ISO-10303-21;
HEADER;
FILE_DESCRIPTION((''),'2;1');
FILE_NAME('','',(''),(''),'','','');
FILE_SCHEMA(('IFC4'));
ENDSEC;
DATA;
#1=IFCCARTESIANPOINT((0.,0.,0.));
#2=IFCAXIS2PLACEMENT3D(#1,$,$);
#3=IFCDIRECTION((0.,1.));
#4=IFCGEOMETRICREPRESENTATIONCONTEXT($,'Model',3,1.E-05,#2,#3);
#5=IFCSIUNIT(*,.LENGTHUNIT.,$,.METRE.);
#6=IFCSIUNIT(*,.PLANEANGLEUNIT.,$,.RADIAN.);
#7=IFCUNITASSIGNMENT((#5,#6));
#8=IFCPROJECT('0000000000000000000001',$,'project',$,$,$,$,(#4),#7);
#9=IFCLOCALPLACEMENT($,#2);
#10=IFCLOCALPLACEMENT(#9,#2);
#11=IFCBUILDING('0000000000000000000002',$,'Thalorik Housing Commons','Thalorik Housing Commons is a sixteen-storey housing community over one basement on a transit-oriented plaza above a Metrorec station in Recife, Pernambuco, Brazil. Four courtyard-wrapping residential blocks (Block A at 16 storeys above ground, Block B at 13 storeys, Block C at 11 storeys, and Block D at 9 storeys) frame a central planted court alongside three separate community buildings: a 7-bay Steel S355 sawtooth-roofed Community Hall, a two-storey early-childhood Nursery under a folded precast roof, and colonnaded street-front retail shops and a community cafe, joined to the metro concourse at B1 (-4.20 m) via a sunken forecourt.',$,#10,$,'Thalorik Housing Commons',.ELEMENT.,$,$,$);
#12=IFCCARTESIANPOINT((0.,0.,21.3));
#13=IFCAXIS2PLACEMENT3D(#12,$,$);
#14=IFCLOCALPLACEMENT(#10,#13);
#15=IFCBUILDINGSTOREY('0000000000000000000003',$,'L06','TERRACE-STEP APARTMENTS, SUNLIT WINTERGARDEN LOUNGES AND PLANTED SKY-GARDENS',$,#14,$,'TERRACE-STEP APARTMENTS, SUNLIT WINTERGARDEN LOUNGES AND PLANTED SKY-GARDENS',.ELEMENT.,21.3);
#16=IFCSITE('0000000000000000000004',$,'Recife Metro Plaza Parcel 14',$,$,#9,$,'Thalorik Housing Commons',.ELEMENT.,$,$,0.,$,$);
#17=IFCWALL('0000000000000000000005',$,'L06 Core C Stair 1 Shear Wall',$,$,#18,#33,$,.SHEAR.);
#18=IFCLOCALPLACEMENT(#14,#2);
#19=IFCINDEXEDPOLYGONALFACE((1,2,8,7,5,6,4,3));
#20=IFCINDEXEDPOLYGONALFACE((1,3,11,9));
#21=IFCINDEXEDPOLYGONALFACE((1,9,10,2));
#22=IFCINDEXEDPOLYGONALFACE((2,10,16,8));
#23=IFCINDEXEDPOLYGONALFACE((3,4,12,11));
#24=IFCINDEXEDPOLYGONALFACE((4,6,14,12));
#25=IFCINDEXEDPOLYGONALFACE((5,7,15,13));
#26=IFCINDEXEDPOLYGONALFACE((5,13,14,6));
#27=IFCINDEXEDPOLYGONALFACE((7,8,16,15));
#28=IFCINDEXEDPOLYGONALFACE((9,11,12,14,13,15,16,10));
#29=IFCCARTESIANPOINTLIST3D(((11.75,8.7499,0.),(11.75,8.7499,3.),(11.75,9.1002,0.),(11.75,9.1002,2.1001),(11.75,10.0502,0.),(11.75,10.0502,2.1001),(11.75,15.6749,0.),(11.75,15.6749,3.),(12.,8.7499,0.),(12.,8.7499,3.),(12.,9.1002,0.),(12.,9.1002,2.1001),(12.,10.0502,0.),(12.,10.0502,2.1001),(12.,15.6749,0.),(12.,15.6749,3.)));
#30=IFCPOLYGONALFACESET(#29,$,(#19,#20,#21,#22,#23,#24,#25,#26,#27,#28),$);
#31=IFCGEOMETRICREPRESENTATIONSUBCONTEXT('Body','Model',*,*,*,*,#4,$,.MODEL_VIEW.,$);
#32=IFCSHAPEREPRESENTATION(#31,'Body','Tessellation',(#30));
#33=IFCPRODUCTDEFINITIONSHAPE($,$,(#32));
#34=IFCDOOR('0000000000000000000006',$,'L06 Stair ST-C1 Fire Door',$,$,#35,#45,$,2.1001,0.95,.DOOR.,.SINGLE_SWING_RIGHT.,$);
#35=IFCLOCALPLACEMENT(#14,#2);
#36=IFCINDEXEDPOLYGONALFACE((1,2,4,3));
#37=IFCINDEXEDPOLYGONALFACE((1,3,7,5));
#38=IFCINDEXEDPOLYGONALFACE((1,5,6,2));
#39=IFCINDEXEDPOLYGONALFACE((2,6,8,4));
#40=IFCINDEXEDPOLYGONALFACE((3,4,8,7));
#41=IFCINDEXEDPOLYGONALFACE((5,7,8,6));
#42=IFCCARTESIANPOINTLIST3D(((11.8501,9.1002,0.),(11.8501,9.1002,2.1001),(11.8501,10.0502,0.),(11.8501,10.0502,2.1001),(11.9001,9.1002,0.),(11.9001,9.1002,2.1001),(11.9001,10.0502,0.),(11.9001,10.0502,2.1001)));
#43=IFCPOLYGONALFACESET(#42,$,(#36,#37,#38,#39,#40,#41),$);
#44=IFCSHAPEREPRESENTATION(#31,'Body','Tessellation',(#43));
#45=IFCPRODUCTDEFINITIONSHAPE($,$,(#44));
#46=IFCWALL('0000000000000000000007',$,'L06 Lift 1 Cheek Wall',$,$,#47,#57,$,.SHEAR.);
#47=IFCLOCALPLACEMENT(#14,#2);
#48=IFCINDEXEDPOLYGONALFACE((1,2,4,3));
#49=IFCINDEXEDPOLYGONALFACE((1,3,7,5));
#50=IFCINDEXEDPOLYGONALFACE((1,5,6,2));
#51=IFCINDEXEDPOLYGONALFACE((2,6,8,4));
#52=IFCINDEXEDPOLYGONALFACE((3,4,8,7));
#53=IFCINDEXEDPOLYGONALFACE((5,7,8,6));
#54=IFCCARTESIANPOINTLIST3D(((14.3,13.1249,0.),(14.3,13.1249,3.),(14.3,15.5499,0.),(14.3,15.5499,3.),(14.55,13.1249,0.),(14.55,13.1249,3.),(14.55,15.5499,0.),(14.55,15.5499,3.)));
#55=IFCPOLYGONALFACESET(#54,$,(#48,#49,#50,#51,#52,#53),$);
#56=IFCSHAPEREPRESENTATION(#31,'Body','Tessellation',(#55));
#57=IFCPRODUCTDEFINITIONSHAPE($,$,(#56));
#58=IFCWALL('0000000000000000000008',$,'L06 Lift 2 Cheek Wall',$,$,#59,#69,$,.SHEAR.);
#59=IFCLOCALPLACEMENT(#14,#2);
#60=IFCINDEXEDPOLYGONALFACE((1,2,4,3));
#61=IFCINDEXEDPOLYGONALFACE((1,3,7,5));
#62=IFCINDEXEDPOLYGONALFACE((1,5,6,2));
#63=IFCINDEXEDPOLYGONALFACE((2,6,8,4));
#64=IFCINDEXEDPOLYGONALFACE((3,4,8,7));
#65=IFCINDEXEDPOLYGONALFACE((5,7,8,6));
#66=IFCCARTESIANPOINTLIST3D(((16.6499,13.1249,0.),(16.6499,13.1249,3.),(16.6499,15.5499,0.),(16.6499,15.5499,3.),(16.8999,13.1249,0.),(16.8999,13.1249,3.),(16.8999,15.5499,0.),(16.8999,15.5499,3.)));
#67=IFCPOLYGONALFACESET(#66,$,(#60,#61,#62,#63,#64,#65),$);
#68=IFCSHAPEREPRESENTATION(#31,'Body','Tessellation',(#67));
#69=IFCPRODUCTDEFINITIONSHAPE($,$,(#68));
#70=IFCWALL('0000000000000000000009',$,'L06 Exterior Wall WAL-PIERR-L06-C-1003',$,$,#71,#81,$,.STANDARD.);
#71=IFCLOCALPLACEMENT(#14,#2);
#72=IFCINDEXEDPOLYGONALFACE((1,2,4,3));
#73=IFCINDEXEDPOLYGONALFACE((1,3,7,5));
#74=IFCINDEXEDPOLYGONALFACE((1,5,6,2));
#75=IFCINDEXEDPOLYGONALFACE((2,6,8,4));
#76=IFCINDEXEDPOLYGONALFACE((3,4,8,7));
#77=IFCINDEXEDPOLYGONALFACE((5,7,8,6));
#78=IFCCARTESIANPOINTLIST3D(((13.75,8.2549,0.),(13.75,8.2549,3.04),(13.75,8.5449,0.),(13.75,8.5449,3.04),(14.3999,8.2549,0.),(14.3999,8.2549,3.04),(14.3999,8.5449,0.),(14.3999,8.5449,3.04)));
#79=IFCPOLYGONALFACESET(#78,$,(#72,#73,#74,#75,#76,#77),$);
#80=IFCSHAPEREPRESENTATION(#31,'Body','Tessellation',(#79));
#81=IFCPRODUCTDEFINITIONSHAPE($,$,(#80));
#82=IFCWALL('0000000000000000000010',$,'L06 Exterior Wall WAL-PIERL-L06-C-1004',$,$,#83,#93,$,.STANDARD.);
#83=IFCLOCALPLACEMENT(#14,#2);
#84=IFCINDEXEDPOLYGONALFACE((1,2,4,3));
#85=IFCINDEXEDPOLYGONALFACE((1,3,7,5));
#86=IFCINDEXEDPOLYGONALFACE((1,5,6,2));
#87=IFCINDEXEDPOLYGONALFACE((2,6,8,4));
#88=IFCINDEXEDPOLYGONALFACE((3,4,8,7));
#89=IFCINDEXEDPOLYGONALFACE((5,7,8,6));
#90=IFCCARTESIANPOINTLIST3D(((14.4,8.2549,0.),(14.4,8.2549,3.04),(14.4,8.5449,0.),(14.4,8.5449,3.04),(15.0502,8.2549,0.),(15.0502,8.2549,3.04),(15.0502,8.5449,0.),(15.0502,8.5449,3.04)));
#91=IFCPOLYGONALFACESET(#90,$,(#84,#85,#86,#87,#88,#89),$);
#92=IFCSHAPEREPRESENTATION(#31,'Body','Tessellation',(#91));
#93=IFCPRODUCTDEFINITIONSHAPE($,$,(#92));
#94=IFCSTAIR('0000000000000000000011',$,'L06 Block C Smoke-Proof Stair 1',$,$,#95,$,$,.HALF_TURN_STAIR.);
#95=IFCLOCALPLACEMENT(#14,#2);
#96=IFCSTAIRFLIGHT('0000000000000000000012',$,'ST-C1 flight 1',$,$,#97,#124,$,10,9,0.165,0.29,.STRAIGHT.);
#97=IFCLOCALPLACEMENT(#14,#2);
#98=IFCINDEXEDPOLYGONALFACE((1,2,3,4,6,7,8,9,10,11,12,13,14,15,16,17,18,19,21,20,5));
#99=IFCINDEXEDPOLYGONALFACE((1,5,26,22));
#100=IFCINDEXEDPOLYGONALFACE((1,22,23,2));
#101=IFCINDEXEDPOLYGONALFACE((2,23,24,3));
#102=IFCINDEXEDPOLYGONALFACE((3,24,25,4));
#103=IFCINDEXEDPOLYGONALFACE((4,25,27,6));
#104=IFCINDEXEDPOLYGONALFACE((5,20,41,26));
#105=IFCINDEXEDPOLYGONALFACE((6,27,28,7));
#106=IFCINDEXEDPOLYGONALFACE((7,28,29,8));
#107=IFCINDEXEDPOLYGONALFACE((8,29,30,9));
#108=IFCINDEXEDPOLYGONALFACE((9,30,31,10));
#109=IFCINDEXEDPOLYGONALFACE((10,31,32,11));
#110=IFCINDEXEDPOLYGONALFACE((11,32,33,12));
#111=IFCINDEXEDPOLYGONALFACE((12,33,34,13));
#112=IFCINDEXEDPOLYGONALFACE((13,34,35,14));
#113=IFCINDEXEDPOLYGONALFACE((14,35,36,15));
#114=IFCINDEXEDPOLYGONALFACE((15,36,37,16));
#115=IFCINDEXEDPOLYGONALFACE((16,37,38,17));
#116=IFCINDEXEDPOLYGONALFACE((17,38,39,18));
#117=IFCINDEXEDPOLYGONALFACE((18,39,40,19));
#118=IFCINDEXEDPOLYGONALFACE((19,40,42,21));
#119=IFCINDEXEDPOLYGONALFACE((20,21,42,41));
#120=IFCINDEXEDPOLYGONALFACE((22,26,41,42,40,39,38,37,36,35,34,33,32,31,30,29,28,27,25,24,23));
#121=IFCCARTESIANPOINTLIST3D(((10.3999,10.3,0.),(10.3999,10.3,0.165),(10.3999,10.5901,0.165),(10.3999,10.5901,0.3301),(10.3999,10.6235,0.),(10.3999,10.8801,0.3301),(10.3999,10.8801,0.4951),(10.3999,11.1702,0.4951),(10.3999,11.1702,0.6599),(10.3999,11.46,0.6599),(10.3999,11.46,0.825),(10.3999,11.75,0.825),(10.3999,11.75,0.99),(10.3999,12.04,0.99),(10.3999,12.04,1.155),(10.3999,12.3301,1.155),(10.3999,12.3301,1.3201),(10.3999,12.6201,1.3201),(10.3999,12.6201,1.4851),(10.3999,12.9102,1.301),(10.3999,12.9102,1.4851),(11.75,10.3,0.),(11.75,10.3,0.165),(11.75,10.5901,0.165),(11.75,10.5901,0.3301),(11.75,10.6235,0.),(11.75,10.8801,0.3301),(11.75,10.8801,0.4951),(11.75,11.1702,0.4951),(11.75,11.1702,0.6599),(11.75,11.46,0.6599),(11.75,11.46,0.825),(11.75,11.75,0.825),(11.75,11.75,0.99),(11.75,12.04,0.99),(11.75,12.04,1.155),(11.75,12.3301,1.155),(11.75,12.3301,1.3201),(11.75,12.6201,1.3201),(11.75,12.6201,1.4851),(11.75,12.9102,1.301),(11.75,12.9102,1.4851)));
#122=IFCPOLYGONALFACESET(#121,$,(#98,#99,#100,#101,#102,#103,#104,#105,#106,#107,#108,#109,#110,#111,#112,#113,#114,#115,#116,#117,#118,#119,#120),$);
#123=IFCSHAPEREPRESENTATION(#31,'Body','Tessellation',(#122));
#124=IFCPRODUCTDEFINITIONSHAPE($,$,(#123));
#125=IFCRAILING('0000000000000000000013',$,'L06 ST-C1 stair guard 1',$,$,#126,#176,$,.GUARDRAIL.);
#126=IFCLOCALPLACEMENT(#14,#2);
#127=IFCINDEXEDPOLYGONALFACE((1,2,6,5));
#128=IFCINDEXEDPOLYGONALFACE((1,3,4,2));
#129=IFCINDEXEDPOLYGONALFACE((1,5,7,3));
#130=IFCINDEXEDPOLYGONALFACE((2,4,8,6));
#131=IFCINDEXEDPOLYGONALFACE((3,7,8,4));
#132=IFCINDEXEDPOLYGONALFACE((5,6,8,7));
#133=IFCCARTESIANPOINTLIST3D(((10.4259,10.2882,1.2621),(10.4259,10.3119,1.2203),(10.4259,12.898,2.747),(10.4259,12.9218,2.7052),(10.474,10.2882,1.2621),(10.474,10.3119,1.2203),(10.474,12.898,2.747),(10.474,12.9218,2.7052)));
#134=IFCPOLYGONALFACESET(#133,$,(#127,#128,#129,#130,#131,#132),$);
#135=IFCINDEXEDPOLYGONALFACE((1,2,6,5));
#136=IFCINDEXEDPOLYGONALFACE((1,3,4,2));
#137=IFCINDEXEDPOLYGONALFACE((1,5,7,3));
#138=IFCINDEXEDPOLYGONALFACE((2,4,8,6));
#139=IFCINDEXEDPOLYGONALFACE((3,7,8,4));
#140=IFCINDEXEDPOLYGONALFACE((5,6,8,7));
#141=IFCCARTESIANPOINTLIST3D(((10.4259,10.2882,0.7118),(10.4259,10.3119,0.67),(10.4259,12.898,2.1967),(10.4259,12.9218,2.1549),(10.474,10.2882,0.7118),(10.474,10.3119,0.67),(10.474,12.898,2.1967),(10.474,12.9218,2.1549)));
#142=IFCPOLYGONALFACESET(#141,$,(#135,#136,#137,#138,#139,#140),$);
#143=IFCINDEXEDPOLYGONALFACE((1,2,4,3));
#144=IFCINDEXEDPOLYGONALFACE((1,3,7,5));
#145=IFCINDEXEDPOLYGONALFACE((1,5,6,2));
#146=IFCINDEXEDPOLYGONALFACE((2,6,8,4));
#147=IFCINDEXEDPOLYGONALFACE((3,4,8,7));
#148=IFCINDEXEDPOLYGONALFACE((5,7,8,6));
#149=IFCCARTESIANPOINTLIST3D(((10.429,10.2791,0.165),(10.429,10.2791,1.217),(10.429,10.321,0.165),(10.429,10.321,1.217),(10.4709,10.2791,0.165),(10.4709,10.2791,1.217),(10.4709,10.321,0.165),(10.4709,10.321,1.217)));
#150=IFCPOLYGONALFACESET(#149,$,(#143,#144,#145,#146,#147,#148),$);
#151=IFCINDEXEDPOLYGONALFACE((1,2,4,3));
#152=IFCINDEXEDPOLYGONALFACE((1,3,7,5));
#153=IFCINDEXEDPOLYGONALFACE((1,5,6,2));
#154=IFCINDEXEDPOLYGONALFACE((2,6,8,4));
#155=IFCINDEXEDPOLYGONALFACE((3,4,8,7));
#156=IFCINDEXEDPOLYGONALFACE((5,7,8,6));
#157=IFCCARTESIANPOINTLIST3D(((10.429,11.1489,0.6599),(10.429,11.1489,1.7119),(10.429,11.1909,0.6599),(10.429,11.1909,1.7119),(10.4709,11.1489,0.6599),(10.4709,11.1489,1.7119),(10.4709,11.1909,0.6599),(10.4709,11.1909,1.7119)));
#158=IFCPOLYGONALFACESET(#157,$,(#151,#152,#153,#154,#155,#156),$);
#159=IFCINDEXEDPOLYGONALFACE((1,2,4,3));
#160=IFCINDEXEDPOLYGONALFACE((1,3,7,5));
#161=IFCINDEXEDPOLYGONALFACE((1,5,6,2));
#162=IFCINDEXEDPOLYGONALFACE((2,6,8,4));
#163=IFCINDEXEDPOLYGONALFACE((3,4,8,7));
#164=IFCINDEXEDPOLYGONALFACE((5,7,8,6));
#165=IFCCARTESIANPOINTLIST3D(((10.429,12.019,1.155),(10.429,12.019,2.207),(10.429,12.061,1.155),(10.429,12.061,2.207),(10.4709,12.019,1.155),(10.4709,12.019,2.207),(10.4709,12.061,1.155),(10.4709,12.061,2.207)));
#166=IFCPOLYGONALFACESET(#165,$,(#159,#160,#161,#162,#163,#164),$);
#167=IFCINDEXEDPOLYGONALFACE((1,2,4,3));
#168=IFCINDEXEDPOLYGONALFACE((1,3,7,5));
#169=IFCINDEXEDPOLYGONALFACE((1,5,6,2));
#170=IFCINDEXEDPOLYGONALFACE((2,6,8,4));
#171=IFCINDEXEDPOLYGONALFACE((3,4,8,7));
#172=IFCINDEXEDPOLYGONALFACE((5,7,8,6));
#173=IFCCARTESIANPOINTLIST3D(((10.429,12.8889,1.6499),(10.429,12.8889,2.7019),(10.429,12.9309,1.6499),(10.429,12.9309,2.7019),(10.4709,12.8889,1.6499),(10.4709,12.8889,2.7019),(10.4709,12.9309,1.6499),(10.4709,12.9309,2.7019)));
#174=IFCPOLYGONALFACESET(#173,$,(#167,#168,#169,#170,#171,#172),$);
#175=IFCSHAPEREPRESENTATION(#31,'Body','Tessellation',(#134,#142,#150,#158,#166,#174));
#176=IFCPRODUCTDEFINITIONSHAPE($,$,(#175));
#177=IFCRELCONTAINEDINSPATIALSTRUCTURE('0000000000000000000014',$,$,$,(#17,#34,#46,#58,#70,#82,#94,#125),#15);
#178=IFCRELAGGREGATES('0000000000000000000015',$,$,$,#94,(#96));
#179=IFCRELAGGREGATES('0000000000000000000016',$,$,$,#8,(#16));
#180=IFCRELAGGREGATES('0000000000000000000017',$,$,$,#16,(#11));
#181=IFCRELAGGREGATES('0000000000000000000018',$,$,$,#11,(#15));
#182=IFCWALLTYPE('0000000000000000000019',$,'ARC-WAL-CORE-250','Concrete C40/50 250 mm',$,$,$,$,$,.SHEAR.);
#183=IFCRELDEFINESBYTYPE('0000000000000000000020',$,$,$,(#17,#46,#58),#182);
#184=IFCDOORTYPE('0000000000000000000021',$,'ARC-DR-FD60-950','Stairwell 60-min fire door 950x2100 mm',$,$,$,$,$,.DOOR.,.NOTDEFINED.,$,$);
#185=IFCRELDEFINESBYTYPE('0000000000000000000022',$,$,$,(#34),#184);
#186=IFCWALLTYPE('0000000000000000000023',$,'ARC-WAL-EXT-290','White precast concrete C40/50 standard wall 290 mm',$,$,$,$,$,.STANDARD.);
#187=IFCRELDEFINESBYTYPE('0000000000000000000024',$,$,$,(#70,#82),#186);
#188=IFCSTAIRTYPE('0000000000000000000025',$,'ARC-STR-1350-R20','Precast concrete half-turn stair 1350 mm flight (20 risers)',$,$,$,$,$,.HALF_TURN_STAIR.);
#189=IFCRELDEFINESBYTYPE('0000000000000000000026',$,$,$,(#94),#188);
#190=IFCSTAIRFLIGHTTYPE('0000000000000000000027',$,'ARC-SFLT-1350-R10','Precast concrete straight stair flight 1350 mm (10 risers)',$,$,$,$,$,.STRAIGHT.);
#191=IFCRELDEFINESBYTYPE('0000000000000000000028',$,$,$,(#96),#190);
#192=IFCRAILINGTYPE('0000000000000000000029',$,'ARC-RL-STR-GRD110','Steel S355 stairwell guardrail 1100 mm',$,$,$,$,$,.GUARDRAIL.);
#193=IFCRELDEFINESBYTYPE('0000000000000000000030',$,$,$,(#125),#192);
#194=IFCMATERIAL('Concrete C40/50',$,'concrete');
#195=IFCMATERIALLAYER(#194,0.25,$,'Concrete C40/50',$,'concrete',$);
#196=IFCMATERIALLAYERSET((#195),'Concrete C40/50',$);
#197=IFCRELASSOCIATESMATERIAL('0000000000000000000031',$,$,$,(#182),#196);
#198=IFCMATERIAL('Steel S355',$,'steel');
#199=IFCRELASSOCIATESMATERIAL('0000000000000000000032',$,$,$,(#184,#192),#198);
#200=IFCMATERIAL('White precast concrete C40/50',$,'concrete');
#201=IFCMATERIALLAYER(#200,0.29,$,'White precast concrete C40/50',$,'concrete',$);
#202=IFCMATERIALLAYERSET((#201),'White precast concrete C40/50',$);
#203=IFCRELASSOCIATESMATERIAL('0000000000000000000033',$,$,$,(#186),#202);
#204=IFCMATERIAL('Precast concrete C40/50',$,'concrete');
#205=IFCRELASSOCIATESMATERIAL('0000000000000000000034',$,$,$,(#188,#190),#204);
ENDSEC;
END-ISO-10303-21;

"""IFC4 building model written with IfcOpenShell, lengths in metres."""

from ifc_helpers import new_model, si_unit, direction, frame, frame_2d, origin, origin_2d, place, context, subcontext, project, spatial, polyline, rectangle, outline, extrude, material, layer, layer_set, type_object, element, fill, aggregate, save


model = new_model("IFC4")

# Units and contexts
model_context = context("Model", 3, precision=1e-05, world=origin(), true_north=direction((0.0, 1.0)))
body_context = subcontext(model_context, "Body", "Model", "MODEL_VIEW")
ifc_project = project(units=[si_unit("LENGTHUNIT", "METRE"), si_unit("PLANEANGLEUNIT", "RADIAN")], contexts=[model_context])

# Site, building, storey
site_placement = place(None, origin())
site = spatial("IfcSite", under=ifc_project, at=site_placement, Name="Recife Metro Plaza Parcel 14", LongName="Thalorik Housing Commons", CompositionType="ELEMENT", RefElevation=0.0)
building_placement = place(site_placement, origin())
building = spatial("IfcBuilding", under=site, at=building_placement, Name="Thalorik Housing Commons", Description="Thalorik Housing Commons is a sixteen-storey housing community over one basement on a transit-oriented plaza above a Metrorec station in Recife, Pernambuco, Brazil. Four courtyard-wrapping residential blocks (Block A at 16 storeys above ground, Block B at 13 storeys, Block C at 11 storeys, and Block D at 9 storeys) frame a central planted court alongside three separate community buildings: a 7-bay Steel S355 sawtooth-roofed Community Hall, a two-storey early-childhood Nursery under a folded precast roof, and colonnaded street-front retail shops and a community cafe, joined to the metro concourse at B1 (-4.20 m) via a sunken forecourt.", LongName="Thalorik Housing Commons", CompositionType="ELEMENT")
storey_placement = place(building_placement, frame((0.0, 0.0, 21.3)))
storey = spatial("IfcBuildingStorey", under=building, at=storey_placement, Name="L06", Description="TERRACE-STEP APARTMENTS, SUNLIT WINTERGARDEN LOUNGES AND PLANTED SKY-GARDENS", LongName="TERRACE-STEP APARTMENTS, SUNLIT WINTERGARDEN LOUNGES AND PLANTED SKY-GARDENS", CompositionType="ELEMENT", Elevation=21.3)

# Shared definitions
ifc_material_1 = material(Name="Precast concrete C40/50", Category="concrete")

# Wall, opening, door
ifc_material_2 = material(Name="Concrete C40/50", Category="concrete")
ifc_layer_1 = layer(ifc_material_2, 0.25, Name="Concrete C40/50", Category="concrete")
ifc_layer_set_1 = layer_set([ifc_layer_1], Name="Concrete C40/50")
wall_type_1 = type_object("IfcWallType", Name="ARC-WAL-CORE-250", Description="Concrete C40/50 250 mm", PredefinedType="SHEAR", material=ifc_layer_set_1)
wall_1_placement = place(storey_placement, frame((11.875, 8.75, 0.0), z_axis=(0.0, 0.0, 1.0), x_axis=(0.0, 1.0, 0.0)))
wall_1 = element("IfcWall", 1, at=wall_1_placement, inside=storey, type_object=wall_type_1, Name="L06 Core C Stair 1 Shear Wall", PredefinedType="SHEAR", context=body_context, shape_type="SweptSolid", body=[
    extrude(rectangle(XDim=6.925, YDim=0.25, at=frame_2d((3.4624, 0.0))), origin(), (0.0, 0.0, 1.0), 3.0),
])
opening_1_placement = place(wall_1_placement, frame((0.3501, 0.0, 0.0)))
opening_1 = element("IfcOpeningElement", 2, at=opening_1_placement, cuts=wall_1, PredefinedType="OPENING", context=body_context, shape_type="SweptSolid", body=[
    extrude(rectangle(XDim=0.95, YDim=2.1001, at=frame_2d((0.4751, 1.05))), frame((0.0, 0.135, 0.0), z_axis=(0.0, -1.0, 0.0), x_axis=(1.0, 0.0, 0.0)), (0.0, 0.0, 1.0), 0.27),
])
ifc_material_3 = material(Name="Steel S355", Category="steel")
door_type_1 = type_object("IfcDoorType", Name="ARC-DR-FD60-950", Description="Stairwell 60-min fire door 950x2100 mm", OperationType="NOTDEFINED", PredefinedType="DOOR", material=ifc_material_3)
door_1_placement = place(opening_1_placement, origin())
door_1 = element("IfcDoor", 3, at=door_1_placement, inside=storey, type_object=door_type_1, Name="L06 Stair ST-C1 Fire Door", OperationType="SINGLE_SWING_RIGHT", OverallHeight=2.1001, OverallWidth=0.95, PredefinedType="DOOR", context=body_context, shape_type="SweptSolid", body=[
    extrude(rectangle(XDim=0.95, YDim=2.1001, at=frame_2d((0.4751, 1.05))), frame((0.0, 0.0249, 0.0), z_axis=(0.0, -1.0, 0.0), x_axis=(1.0, 0.0, 0.0)), (0.0, 0.0, 1.0), 0.05),
])
fill(opening_1, door_1)

# Walls
for number, where, z_axis, x_axis, name in (
    (4, (14.425, 13.125, 0.0), (0.0, 0.0, 1.0), (0.0, 1.0, 0.0), "L06 Lift 1 Cheek Wall"),
    (5, (16.7749, 13.125, 0.0), (0.0, 0.0, 1.0), (0.0, 1.0, 0.0), "L06 Lift 2 Cheek Wall"),
):
    element("IfcWall", number, at=place(storey_placement, frame(where, z_axis=z_axis, x_axis=x_axis)), inside=storey, type_object=wall_type_1, Name=name, PredefinedType="SHEAR", context=body_context, shape_type="SweptSolid", body=[
        extrude(rectangle(XDim=2.425, YDim=0.25, at=frame_2d((1.2124, 0.0))), origin(), (0.0, 0.0, 1.0), 3.0),
    ])
ifc_material_4 = material(Name="White precast concrete C40/50", Category="concrete")
ifc_layer_2 = layer(ifc_material_4, 0.29, Name="White precast concrete C40/50", Category="concrete")
ifc_layer_set_2 = layer_set([ifc_layer_2], Name="White precast concrete C40/50")
wall_type_2 = type_object("IfcWallType", Name="ARC-WAL-EXT-290", Description="White precast concrete C40/50 standard wall 290 mm", PredefinedType="STANDARD", material=ifc_layer_set_2)
wall_2_placement = place(storey_placement, frame((13.75, 8.3999, 0.0), z_axis=(0.0, 0.0, 1.0), x_axis=(1.0, 0.0, 0.0)))
element("IfcWall", 6, at=wall_2_placement, inside=storey, type_object=wall_type_2, Name="L06 Exterior Wall WAL-PIERR-L06-C-1003", PredefinedType="STANDARD", context=body_context, shape_type="SweptSolid", body=[
    extrude(rectangle(XDim=0.6499, YDim=0.29, at=frame_2d((0.325, 0.0))), origin(), (0.0, 0.0, 1.0), 3.04),
])
wall_3_placement = place(storey_placement, frame((14.3999, 8.3999, 0.0), z_axis=(0.0, 0.0, 1.0), x_axis=(1.0, 0.0, 0.0)))
element("IfcWall", 7, at=wall_3_placement, inside=storey, type_object=wall_type_2, Name="L06 Exterior Wall WAL-PIERL-L06-C-1004", PredefinedType="STANDARD", context=body_context, shape_type="SweptSolid", body=[
    extrude(rectangle(XDim=0.6501, YDim=0.29, at=frame_2d((0.3252, 0.0))), origin(), (0.0, 0.0, 1.0), 3.04),
])

# Stair, stair flight
stair_type = type_object("IfcStairType", Name="ARC-STR-1350-R20", Description="Precast concrete half-turn stair 1350 mm flight (20 risers)", PredefinedType="HALF_TURN_STAIR", material=ifc_material_1)
stair_placement = place(storey_placement, origin())
stair = element("IfcStair", 8, at=stair_placement, inside=storey, type_object=stair_type, Name="L06 Block C Smoke-Proof Stair 1", PredefinedType="HALF_TURN_STAIR")
stair_flight_type = type_object("IfcStairFlightType", Name="ARC-SFLT-1350-R10", Description="Precast concrete straight stair flight 1350 mm (10 risers)", PredefinedType="STRAIGHT", material=ifc_material_1)
stair_flight_placement = place(storey_placement, frame((11.075, 10.3, 0.0), z_axis=(0.0, 0.0, 1.0), x_axis=(0.0, 1.0, 0.0)))
stair_flight = element("IfcStairFlight", 9, at=stair_flight_placement, type_object=stair_flight_type, Name="ST-C1 flight 1", NumberOfRisers=10, NumberOfTreads=9, PredefinedType="STRAIGHT", RiserHeight=0.165, TreadLength=0.29, context=body_context, shape_type="SweptSolid", body=[
    extrude(outline(polyline([(0.0, 0.0), (0.0, 0.165), (0.29, 0.165), (0.29, 0.3301), (0.5801, 0.3301), (0.5801, 0.4951), (0.8701, 0.4951), (0.8701, 0.6599), (1.1599, 0.6599), (1.1599, 0.825), (1.45, 0.825), (1.45, 0.99), (1.74, 0.99), (1.74, 1.155), (2.03, 1.155), (2.03, 1.3201), (2.3201, 1.3201), (2.3201, 1.4851), (2.6101, 1.4851), (2.6101, 1.6499), (2.6101, 1.301), (0.3235, 0.0), (0.0, 0.0)])), frame((0.0, 0.675, 0.0), z_axis=(0.0, -1.0, 0.0), x_axis=(1.0, 0.0, 0.0)), (0.0, 0.0, 1.0), 1.3501),
])
aggregate(stair, [stair_flight])

# Railing
railing_type_1 = type_object("IfcRailingType", Name="ARC-RL-STR-GRD110", Description="Steel S355 stairwell guardrail 1100 mm", PredefinedType="GUARDRAIL", material=ifc_material_3)
railing_1_placement = place(storey_placement, frame((10.45, 10.3, 0.165)))
element("IfcRailing", 10, at=railing_1_placement, inside=storey, type_object=railing_type_1, Name="L06 ST-C1 stair guard 1", PredefinedType="GUARDRAIL", context=body_context, shape_type="SweptSolid", body=[
    extrude(rectangle(XDim=0.0481, YDim=0.0481, at=origin_2d()), frame((0.0, 0.0, 1.0762), z_axis=(0.0, 0.869172, 0.494509), x_axis=(-1.0, 0.0, 0.0)), (0.0, 0.0, 1.0), 3.0027),
    extrude(rectangle(XDim=0.0481, YDim=0.0481, at=origin_2d()), frame((0.0, 0.0, 0.5259), z_axis=(0.0, 0.869172, 0.494509), x_axis=(-1.0, 0.0, 0.0)), (0.0, 0.0, 1.0), 3.0027),
    extrude(rectangle(XDim=0.042, YDim=0.042, at=origin_2d()), origin(), (0.0, 0.0, 1.0), 1.052),
    extrude(rectangle(XDim=0.042, YDim=0.042, at=origin_2d()), frame((0.0, 0.8699, 0.4949)), (0.0, 0.0, 1.0), 1.052),
    extrude(rectangle(XDim=0.042, YDim=0.042, at=origin_2d()), frame((0.0, 1.74, 0.99)), (0.0, 0.0, 1.0), 1.052),
    extrude(rectangle(XDim=0.042, YDim=0.042, at=origin_2d()), frame((0.0, 2.6099, 1.4849)), (0.0, 0.0, 1.0), 1.052),
])

save(model, "model.ifc")
